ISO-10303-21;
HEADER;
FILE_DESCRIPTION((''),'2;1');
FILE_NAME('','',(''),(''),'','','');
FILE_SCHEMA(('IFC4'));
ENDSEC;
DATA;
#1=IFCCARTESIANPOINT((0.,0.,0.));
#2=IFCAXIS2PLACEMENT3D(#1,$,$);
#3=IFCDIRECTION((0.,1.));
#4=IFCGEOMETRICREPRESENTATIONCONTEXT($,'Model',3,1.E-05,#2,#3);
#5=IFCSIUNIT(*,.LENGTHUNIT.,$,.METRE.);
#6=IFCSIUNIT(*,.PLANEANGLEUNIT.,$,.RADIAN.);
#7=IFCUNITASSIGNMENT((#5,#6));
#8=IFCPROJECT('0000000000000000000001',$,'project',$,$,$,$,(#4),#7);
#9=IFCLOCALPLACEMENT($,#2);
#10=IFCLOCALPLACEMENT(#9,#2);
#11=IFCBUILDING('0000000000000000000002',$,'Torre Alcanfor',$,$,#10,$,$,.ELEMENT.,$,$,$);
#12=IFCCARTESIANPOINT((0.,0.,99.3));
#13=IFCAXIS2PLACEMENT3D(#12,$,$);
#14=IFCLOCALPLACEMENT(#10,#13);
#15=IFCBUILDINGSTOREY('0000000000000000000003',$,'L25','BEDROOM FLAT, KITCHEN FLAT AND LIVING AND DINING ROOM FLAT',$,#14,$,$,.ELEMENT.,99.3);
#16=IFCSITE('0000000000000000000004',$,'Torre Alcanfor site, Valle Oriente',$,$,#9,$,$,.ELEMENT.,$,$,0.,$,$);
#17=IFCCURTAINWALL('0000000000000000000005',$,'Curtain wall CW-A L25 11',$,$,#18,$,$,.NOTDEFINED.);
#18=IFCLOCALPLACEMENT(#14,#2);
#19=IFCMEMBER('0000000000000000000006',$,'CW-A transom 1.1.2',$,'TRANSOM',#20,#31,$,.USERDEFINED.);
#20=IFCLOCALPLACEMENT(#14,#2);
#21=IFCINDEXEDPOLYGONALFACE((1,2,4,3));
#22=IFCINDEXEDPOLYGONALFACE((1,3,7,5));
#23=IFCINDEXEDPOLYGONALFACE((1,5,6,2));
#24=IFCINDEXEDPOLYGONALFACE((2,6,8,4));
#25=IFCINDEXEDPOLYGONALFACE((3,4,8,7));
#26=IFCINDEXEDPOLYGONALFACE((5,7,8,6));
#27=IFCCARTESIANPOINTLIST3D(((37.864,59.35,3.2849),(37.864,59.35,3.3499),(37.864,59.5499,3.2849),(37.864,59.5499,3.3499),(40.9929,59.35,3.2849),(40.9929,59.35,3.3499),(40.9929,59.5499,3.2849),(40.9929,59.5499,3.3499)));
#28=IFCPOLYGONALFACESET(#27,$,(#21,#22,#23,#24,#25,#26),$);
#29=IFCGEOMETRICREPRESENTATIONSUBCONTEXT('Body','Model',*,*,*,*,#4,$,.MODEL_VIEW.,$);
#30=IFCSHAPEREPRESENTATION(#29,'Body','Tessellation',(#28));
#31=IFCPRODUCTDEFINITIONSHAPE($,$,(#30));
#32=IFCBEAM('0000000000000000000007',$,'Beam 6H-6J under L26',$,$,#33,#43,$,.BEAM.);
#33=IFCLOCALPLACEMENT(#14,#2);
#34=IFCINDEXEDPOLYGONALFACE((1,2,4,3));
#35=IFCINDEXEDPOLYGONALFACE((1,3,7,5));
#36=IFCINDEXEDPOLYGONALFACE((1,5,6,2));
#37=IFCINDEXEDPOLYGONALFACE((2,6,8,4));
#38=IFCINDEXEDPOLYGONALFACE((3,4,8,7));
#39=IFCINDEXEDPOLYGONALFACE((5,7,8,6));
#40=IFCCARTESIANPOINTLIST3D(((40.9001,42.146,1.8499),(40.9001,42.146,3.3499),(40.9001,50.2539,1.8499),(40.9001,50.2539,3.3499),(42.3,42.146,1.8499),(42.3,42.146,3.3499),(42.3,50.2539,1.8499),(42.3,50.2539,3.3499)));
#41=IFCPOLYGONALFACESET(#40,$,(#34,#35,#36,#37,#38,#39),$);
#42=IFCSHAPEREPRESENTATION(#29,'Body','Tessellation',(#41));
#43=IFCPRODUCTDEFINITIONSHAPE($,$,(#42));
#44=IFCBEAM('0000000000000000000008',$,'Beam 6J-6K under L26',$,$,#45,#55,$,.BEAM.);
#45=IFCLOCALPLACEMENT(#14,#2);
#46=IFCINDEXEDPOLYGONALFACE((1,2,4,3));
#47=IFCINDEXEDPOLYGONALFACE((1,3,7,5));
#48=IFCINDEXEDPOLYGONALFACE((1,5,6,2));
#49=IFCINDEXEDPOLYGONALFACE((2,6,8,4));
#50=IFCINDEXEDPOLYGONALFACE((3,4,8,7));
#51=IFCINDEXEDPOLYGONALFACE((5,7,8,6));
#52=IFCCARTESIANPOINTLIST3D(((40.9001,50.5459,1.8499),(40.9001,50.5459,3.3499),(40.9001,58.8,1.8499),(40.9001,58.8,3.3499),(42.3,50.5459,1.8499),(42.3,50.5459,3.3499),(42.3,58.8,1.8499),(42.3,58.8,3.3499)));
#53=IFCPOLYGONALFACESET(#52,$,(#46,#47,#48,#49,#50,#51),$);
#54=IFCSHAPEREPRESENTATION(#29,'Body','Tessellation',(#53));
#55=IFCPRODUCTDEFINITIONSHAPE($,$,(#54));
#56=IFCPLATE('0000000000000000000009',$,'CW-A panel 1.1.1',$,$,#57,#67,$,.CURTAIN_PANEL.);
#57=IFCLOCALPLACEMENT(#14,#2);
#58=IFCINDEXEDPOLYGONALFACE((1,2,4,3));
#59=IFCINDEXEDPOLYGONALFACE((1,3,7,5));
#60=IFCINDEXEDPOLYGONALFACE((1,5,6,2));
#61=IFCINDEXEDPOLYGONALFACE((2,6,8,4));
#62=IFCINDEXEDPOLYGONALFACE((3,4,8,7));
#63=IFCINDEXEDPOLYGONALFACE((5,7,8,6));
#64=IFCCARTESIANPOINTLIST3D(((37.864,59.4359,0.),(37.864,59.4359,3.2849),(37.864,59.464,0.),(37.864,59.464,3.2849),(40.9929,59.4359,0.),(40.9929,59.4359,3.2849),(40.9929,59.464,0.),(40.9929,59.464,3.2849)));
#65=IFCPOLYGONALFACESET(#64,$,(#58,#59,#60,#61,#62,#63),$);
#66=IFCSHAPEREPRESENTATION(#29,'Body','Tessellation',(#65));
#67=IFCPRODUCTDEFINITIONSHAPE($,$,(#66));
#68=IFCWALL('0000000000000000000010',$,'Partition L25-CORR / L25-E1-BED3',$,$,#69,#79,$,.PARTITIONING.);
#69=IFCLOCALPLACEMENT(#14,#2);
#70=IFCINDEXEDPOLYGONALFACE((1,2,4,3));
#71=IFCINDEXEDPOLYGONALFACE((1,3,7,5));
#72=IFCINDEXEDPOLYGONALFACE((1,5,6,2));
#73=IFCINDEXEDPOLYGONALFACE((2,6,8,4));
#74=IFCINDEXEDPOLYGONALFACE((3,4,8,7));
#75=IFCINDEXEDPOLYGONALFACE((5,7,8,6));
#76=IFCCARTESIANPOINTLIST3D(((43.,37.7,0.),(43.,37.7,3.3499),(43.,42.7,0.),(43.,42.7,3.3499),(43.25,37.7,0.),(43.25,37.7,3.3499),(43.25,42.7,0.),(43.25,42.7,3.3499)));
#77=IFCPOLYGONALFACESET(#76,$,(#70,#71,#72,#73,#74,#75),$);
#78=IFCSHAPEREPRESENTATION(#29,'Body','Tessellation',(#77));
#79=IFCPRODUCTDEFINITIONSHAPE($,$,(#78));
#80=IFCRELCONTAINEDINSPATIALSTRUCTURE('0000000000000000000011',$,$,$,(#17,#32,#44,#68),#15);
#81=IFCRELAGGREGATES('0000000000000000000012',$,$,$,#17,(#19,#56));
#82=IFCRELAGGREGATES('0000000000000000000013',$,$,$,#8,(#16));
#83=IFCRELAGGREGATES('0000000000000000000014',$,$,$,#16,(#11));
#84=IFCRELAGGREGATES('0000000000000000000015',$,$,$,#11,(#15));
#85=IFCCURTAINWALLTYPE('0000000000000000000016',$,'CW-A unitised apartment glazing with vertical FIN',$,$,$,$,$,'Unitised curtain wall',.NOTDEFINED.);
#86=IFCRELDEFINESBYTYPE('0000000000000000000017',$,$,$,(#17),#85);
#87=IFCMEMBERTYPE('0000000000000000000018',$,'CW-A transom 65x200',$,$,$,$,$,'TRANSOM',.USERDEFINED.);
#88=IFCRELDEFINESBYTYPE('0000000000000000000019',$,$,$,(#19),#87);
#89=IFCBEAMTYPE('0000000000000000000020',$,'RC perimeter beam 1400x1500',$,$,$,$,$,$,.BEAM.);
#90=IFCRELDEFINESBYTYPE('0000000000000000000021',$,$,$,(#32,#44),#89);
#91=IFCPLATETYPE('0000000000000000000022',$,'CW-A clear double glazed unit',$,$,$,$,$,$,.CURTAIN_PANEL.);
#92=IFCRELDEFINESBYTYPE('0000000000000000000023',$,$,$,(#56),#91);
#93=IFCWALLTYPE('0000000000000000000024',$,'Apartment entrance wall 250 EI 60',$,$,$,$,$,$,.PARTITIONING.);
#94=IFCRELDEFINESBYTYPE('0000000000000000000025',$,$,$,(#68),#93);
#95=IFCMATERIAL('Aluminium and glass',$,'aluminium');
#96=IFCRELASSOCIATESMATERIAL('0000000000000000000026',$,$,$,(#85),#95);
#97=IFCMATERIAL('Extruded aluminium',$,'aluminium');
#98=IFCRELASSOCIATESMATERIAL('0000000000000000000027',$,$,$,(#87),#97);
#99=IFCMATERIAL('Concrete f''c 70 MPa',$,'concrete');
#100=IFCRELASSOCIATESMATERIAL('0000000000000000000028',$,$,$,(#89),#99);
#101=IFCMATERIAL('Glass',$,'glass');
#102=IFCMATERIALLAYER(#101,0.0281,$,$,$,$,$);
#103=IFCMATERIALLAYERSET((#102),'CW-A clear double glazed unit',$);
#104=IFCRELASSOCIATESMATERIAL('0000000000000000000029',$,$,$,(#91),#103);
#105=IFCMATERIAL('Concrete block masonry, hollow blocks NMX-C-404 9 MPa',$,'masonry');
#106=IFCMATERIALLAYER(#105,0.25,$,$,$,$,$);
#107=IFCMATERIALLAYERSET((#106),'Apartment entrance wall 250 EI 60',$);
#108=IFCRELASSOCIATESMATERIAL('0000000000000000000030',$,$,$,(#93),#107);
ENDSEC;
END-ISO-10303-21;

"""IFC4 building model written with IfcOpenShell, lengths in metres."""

from ifc_helpers import new_model, si_unit, direction, frame, frame_2d, origin, origin_2d, place, context, subcontext, project, spatial, rectangle, extrude, material, layer, layer_set, material_profile, profile_set, type_object, element, aggregate, save


model = new_model("IFC4")

# Units and contexts
model_context = context("Model", 3, precision=1e-05, world=origin(), true_north=direction((0.0, 1.0)))
body_context = subcontext(model_context, "Body", "Model", "MODEL_VIEW")
ifc_project = project(units=[si_unit("LENGTHUNIT", "METRE"), si_unit("PLANEANGLEUNIT", "RADIAN")], contexts=[model_context])

# Site, building, storey
site_placement = place(None, origin())
site = spatial("IfcSite", under=ifc_project, at=site_placement, Name="Torre Alcanfor site, Valle Oriente", CompositionType="ELEMENT", RefElevation=0.0)
building_placement = place(site_placement, origin())
building = spatial("IfcBuilding", under=site, at=building_placement, Name="Torre Alcanfor", CompositionType="ELEMENT")
storey_placement = place(building_placement, frame((0.0, 0.0, 99.3)))
storey = spatial("IfcBuildingStorey", under=building, at=storey_placement, Name="L25", Description="BEDROOM FLAT, KITCHEN FLAT AND LIVING AND DINING ROOM FLAT", CompositionType="ELEMENT", Elevation=99.3)

# Curtain wall, member
ifc_material_1 = material(Name="Aluminium and glass", Category="aluminium")
curtain_wall_type = type_object("IfcCurtainWallType", Name="CW-A unitised apartment glazing with vertical FIN", ElementType="Unitised curtain wall", PredefinedType="NOTDEFINED", material=ifc_material_1)
curtain_wall_placement = place(storey_placement, origin())
curtain_wall = element("IfcCurtainWall", 1, at=curtain_wall_placement, inside=storey, type_object=curtain_wall_type, Name="Curtain wall CW-A L25 11", PredefinedType="NOTDEFINED")
ifc_material_2 = material(Name="Extruded aluminium", Category="aluminium")
ifc_material_profile_1 = material_profile(ifc_material_2, rectangle(XDim=0.2, YDim=0.0649, at=origin_2d()), Name="CW-A transom 200x65")
ifc_profile_set_1 = profile_set([ifc_material_profile_1], Name="Extruded aluminium")
member_type_1 = type_object("IfcMemberType", Name="CW-A transom 65x200", ElementType="TRANSOM", PredefinedType="USERDEFINED", material=ifc_profile_set_1)
member_1_placement = place(storey_placement, frame((40.9929, 59.45, 3.3174), z_axis=(-1.0, 0.0, 0.0), x_axis=(0.0, -1.0, 0.0)))
member_1 = element("IfcMember", 2, at=member_1_placement, type_object=member_type_1, Name="CW-A transom 1.1.2", ObjectType="TRANSOM", PredefinedType="USERDEFINED", context=body_context, shape_type="SweptSolid", body=[
    extrude(rectangle(XDim=0.2, YDim=0.0649, at=origin_2d()), origin(), (0.0, 0.0, 1.0), 3.1289),
])

# Beams
ifc_material_3 = material(Name="Concrete f'c 70 MPa", Category="concrete")
ifc_material_profile_2 = material_profile(ifc_material_3, rectangle(XDim=1.3999, YDim=1.5, at=origin_2d()), Name="1400x1500")
ifc_profile_set_2 = profile_set([ifc_material_profile_2], Name="Concrete f'c 70 MPa")
beam_type_1 = type_object("IfcBeamType", Name="RC perimeter beam 1400x1500", PredefinedType="BEAM", material=ifc_profile_set_2)
beam_1_placement = place(storey_placement, frame((41.6001, 42.146, 2.5999), z_axis=(0.0, 1.0, 0.0), x_axis=(-1.0, 0.0, 0.0)))
element("IfcBeam", 3, at=beam_1_placement, inside=storey, type_object=beam_type_1, Name="Beam 6H-6J under L26", PredefinedType="BEAM", context=body_context, shape_type="SweptSolid", body=[
    extrude(rectangle(XDim=1.3999, YDim=1.5, at=origin_2d()), origin(), (0.0, 0.0, 1.0), 8.1079),
])
beam_2_placement = place(storey_placement, frame((41.6001, 50.5459, 2.5999), z_axis=(0.0, 1.0, 0.0), x_axis=(-1.0, 0.0, 0.0)))
element("IfcBeam", 4, at=beam_2_placement, inside=storey, type_object=beam_type_1, Name="Beam 6J-6K under L26", PredefinedType="BEAM", context=body_context, shape_type="SweptSolid", body=[
    extrude(rectangle(XDim=1.3999, YDim=1.5, at=origin_2d()), origin(), (0.0, 0.0, 1.0), 8.2542),
])

# Plate
ifc_material_4 = material(Name="Glass", Category="glass")
ifc_layer_1 = layer(ifc_material_4, 0.0281)
ifc_layer_set_1 = layer_set([ifc_layer_1], Name="CW-A clear double glazed unit")
plate_type = type_object("IfcPlateType", Name="CW-A clear double glazed unit", PredefinedType="CURTAIN_PANEL", material=ifc_layer_set_1)
plate_placement = place(storey_placement, frame((39.4285, 59.45, 0.0), z_axis=(0.0, 0.0, 1.0), x_axis=(-1.0, 0.0, 0.0)))
plate = element("IfcPlate", 5, at=plate_placement, type_object=plate_type, Name="CW-A panel 1.1.1", PredefinedType="CURTAIN_PANEL", context=body_context, shape_type="SweptSolid", body=[
    extrude(rectangle(XDim=3.1289, YDim=0.0281, at=origin_2d()), origin(), (0.0, 0.0, 1.0), 3.2849),
])
aggregate(curtain_wall, [member_1, plate])

# Wall
ifc_material_5 = material(Name="Concrete block masonry, hollow blocks NMX-C-404 9 MPa", Category="masonry")
ifc_layer_2 = layer(ifc_material_5, 0.25)
ifc_layer_set_2 = layer_set([ifc_layer_2], Name="Apartment entrance wall 250 EI 60")
wall_type_1 = type_object("IfcWallType", Name="Apartment entrance wall 250 EI 60", PredefinedType="PARTITIONING", material=ifc_layer_set_2)
wall_1_placement = place(storey_placement, frame((43.125, 42.7, 0.0), z_axis=(0.0, 0.0, 1.0), x_axis=(0.0, -1.0, 0.0)))
element("IfcWall", 6, at=wall_1_placement, inside=storey, type_object=wall_type_1, Name="Partition L25-CORR / L25-E1-BED3", PredefinedType="PARTITIONING", context=body_context, shape_type="SweptSolid", body=[
    extrude(rectangle(XDim=5.0, YDim=0.25, at=frame_2d((2.5, 0.0))), origin(), (0.0, 0.0, 1.0), 3.3499),
])

save(model, "model.ifc")
